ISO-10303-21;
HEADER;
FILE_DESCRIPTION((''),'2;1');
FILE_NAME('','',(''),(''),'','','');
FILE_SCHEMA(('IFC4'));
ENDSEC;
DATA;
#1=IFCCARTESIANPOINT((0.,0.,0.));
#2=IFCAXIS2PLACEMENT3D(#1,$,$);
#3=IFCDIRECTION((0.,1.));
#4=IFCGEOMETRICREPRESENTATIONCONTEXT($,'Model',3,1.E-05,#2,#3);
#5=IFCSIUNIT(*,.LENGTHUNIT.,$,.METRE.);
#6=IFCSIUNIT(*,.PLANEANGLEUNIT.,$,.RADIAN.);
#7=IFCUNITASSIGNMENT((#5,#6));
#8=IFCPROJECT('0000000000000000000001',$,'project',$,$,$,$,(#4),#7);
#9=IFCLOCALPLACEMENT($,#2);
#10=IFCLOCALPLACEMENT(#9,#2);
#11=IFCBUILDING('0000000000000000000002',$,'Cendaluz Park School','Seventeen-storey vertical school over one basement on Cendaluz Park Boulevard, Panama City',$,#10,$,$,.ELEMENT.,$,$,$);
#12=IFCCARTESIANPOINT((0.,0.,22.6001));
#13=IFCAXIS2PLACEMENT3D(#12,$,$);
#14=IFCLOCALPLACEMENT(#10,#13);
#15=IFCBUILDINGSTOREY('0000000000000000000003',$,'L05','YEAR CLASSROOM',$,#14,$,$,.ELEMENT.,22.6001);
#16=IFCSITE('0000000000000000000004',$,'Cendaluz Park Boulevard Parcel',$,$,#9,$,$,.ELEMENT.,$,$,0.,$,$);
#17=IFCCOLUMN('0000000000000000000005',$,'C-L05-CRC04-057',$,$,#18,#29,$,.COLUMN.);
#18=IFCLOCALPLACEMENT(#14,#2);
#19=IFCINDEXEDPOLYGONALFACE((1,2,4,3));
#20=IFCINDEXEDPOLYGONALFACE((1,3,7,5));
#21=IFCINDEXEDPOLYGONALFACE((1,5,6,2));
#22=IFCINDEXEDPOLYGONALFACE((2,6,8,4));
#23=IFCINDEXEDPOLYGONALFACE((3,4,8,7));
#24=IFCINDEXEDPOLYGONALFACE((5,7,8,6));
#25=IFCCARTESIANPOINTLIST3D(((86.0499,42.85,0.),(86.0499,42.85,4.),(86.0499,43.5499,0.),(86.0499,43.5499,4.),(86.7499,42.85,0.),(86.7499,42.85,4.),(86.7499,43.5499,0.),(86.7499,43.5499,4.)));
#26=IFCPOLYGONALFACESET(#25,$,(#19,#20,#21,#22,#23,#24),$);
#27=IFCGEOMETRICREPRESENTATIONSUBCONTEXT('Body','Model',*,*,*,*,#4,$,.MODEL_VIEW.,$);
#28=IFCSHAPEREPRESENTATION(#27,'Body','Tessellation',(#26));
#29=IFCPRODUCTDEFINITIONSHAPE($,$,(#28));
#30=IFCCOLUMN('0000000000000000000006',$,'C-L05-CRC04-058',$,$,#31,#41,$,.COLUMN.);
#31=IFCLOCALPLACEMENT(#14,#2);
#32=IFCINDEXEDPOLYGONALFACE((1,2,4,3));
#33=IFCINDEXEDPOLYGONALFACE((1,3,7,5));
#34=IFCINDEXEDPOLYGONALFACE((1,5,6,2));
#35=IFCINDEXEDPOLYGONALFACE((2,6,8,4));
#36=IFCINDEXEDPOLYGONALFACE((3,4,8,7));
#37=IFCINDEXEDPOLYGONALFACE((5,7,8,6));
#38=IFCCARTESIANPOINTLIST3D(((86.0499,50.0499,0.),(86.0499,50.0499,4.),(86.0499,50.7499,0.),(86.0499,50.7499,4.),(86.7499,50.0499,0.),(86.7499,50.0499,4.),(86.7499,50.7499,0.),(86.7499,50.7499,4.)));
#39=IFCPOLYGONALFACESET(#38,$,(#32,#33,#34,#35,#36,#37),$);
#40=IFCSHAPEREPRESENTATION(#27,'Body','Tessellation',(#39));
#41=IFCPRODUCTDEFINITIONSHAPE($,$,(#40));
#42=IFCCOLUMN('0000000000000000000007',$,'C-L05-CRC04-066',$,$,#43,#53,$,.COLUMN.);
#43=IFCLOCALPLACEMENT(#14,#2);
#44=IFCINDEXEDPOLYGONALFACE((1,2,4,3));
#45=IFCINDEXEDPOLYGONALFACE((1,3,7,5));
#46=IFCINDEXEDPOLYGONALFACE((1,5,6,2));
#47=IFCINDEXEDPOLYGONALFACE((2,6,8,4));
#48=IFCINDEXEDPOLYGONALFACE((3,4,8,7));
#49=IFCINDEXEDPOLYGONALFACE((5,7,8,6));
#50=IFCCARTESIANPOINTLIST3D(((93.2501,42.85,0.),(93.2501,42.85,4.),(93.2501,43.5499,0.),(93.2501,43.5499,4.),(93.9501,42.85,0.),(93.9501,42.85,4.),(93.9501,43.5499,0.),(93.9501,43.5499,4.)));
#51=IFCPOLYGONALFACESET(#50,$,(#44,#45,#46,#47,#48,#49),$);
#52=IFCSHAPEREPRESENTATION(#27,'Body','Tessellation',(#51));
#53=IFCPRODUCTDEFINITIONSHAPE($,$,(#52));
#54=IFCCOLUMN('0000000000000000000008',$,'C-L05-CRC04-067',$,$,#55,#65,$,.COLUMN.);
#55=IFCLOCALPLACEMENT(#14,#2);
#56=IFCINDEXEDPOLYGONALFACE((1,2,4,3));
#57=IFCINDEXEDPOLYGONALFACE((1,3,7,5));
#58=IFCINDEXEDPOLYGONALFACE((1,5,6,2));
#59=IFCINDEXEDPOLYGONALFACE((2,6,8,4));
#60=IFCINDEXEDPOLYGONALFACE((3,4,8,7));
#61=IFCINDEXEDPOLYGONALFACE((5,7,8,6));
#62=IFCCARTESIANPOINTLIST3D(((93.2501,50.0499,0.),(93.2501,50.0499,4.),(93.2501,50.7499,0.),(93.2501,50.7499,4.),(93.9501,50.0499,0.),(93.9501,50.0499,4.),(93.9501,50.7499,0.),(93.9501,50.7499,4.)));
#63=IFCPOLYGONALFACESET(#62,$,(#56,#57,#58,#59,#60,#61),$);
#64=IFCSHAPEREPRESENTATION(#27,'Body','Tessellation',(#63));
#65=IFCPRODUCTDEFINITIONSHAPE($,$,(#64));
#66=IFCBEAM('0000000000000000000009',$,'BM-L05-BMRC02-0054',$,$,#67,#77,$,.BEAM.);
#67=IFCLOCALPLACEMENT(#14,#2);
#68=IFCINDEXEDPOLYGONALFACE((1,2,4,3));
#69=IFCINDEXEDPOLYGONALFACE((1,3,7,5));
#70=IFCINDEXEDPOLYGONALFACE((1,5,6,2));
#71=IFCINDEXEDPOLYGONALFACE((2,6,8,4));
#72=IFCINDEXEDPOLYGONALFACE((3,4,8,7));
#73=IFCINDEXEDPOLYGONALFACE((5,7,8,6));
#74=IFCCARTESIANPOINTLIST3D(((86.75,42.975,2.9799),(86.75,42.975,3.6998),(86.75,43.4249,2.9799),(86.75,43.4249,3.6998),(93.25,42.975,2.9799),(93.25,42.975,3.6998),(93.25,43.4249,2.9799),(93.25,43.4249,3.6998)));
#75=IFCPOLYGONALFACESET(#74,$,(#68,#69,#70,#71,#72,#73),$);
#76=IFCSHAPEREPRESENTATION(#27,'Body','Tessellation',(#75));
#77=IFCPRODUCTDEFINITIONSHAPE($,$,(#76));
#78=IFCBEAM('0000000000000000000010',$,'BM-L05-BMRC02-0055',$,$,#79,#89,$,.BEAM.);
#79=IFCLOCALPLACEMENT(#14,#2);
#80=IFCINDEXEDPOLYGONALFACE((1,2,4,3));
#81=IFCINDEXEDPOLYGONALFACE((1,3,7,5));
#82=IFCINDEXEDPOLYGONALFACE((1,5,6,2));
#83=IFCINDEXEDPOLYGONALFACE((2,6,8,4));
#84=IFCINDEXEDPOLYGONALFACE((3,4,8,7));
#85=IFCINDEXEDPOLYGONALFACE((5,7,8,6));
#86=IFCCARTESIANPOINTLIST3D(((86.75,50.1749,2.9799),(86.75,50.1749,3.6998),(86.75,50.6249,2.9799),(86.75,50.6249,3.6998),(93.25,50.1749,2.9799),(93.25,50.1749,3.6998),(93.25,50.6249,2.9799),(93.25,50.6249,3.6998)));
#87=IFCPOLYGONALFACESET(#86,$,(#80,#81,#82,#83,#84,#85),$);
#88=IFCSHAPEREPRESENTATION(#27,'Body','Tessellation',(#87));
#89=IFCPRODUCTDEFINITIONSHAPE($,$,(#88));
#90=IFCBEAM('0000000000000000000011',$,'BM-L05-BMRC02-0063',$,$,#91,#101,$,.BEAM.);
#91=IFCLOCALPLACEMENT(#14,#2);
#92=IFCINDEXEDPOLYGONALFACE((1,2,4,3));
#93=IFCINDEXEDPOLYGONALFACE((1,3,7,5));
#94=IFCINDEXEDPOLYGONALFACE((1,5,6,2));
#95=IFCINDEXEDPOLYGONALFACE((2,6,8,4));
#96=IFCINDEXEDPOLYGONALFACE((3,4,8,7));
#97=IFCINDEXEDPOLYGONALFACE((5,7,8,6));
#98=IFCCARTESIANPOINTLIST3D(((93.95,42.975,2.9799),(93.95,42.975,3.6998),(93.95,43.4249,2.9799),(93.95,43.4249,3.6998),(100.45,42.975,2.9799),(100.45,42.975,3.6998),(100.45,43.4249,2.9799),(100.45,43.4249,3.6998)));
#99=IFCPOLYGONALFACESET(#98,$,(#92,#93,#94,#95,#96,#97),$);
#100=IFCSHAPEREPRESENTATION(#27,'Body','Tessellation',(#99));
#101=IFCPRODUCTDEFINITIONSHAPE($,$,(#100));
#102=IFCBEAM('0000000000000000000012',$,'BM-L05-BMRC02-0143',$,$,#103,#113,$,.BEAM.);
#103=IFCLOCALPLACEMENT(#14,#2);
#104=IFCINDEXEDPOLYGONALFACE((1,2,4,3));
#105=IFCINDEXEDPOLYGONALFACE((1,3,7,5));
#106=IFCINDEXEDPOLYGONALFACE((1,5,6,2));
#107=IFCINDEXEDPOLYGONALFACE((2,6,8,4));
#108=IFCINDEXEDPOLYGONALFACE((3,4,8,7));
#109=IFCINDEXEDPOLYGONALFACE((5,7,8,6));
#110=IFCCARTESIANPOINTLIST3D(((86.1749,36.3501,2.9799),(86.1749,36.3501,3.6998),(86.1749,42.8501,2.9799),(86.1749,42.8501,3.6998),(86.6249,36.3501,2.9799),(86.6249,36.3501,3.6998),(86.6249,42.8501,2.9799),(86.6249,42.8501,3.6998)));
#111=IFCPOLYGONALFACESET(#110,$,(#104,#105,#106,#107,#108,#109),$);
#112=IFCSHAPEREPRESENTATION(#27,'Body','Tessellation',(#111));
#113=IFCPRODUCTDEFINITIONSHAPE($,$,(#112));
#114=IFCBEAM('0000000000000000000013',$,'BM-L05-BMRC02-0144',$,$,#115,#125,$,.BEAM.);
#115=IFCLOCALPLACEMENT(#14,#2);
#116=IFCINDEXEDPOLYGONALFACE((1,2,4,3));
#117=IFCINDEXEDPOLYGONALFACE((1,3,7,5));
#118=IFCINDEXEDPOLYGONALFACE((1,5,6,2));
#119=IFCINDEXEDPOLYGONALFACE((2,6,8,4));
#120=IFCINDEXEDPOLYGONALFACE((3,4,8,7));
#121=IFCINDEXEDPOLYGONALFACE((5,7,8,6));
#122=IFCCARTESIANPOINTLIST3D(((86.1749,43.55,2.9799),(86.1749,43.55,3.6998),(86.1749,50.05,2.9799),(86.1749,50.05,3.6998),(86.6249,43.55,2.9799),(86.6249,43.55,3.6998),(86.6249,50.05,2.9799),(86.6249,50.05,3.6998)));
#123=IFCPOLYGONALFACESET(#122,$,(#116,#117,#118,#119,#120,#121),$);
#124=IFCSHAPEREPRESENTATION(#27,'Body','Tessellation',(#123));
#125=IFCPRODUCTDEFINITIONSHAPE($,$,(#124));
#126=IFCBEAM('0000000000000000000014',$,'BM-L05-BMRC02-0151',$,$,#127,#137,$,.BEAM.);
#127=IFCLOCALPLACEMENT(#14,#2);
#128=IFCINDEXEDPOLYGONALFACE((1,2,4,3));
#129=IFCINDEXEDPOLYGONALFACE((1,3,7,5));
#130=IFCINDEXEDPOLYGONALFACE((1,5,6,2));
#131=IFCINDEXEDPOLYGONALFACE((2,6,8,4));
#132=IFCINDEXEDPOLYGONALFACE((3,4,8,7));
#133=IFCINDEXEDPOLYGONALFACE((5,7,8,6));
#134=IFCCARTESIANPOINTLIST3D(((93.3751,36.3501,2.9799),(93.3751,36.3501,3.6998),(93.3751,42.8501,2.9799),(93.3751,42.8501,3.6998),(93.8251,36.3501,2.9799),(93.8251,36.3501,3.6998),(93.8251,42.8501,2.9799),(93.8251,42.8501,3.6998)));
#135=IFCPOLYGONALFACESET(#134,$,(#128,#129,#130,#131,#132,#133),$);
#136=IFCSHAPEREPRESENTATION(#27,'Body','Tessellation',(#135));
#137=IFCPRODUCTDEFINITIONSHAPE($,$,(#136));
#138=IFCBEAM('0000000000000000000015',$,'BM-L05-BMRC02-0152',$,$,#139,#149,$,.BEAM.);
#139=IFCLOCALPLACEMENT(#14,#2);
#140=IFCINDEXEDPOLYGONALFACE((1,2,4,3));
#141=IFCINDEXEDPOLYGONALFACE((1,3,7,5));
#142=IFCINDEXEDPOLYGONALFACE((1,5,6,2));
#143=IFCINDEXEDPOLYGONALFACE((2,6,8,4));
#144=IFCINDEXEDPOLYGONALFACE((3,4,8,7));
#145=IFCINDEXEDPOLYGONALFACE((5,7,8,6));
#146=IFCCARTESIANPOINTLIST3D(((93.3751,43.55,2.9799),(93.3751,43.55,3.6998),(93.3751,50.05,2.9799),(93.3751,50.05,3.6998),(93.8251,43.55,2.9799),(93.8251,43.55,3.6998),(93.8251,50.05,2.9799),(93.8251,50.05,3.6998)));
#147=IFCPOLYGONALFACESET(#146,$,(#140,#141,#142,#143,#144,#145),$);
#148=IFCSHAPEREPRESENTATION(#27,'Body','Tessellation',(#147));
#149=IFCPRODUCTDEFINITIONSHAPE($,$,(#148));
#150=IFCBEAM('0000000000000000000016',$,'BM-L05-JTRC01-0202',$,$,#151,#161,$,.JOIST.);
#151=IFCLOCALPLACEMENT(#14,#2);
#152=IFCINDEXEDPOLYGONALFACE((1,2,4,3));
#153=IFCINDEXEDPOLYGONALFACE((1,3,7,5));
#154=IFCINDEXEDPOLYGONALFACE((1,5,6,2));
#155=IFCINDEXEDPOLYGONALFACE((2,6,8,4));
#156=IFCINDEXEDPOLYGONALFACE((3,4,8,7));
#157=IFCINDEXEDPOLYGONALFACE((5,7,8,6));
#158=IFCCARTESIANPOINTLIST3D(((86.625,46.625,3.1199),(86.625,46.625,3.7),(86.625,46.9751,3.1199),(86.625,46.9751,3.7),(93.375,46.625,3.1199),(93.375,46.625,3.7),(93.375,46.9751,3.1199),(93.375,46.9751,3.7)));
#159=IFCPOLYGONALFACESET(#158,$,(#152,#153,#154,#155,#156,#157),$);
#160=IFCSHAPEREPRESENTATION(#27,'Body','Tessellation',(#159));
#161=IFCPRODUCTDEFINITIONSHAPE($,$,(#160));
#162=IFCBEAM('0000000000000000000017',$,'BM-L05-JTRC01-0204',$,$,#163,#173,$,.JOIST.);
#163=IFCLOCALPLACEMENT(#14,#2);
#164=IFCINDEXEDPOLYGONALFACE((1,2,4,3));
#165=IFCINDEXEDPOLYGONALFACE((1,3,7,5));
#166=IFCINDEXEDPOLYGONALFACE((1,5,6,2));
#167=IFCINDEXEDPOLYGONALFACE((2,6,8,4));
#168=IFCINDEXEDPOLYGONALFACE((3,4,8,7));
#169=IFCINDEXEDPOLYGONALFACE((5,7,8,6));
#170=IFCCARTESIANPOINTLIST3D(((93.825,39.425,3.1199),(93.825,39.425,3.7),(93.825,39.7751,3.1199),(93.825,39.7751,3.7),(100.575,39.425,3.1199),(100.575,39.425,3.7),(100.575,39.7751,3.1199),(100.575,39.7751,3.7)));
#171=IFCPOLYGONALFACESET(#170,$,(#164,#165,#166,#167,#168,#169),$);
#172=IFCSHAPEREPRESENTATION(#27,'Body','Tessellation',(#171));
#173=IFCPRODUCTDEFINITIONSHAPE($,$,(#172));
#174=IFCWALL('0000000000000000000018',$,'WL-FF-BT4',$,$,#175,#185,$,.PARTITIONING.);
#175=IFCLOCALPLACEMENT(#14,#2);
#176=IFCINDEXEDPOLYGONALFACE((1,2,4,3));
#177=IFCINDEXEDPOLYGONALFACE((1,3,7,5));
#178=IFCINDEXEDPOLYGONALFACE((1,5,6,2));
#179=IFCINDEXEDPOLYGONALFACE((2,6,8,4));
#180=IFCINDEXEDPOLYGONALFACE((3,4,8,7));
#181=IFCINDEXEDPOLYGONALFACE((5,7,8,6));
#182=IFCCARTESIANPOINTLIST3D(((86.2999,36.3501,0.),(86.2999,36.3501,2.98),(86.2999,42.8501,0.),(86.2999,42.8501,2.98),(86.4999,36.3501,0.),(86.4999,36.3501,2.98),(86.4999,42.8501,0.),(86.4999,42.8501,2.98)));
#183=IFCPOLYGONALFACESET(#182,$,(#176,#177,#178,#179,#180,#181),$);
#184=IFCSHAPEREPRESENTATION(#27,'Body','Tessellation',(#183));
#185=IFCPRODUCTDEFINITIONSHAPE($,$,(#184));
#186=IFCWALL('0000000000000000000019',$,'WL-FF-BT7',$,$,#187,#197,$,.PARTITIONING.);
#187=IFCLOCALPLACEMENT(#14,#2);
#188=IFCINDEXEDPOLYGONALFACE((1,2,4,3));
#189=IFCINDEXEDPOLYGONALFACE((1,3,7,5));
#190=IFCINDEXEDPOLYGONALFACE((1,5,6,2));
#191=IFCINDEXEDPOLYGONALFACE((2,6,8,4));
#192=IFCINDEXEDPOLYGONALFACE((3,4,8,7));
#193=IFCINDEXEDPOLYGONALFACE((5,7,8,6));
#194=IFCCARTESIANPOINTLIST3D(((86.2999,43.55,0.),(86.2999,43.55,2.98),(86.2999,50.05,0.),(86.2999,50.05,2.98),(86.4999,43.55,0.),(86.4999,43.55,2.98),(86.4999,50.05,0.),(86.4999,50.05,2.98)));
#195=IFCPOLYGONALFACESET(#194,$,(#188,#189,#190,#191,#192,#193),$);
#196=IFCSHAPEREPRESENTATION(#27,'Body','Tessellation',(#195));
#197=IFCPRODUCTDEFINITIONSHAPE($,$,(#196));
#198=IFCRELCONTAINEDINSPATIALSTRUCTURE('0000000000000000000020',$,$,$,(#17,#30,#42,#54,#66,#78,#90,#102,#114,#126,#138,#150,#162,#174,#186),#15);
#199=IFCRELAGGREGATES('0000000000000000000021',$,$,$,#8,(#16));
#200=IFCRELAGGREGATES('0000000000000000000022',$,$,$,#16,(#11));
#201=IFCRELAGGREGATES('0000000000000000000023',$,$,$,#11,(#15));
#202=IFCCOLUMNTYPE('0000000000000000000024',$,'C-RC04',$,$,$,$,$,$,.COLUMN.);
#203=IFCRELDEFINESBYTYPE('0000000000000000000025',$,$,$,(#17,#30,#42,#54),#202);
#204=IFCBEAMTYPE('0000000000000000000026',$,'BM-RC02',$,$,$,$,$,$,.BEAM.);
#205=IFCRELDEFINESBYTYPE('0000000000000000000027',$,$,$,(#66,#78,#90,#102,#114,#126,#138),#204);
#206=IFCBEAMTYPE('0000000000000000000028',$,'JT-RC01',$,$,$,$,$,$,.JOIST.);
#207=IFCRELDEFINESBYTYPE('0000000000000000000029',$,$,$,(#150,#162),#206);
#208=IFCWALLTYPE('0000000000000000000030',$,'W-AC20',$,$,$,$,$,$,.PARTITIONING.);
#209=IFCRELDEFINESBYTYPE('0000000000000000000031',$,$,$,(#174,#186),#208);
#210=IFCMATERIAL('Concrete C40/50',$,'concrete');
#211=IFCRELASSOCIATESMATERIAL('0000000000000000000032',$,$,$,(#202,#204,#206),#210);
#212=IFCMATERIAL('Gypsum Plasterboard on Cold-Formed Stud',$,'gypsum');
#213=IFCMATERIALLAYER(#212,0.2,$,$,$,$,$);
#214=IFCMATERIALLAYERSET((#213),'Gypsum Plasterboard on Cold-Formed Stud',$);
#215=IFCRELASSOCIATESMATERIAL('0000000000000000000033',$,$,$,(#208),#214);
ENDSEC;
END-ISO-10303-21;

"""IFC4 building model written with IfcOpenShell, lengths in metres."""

from ifc_helpers import new_model, si_unit, direction, frame, frame_2d, origin, origin_2d, place, context, subcontext, project, spatial, rectangle, extrude, material, layer, layer_set, material_profile, profile_set, type_object, element, save


model = new_model("IFC4")

# Units and contexts
model_context = context("Model", 3, precision=1e-05, world=origin(), true_north=direction((0.0, 1.0)))
body_context = subcontext(model_context, "Body", "Model", "MODEL_VIEW")
ifc_project = project(units=[si_unit("LENGTHUNIT", "METRE"), si_unit("PLANEANGLEUNIT", "RADIAN")], contexts=[model_context])

# Site, building, storey
site_placement = place(None, origin())
site = spatial("IfcSite", under=ifc_project, at=site_placement, Name="Cendaluz Park Boulevard Parcel", CompositionType="ELEMENT", RefElevation=0.0)
building_placement = place(site_placement, origin())
building = spatial("IfcBuilding", under=site, at=building_placement, Name="Cendaluz Park School", Description="Seventeen-storey vertical school over one basement on Cendaluz Park Boulevard, Panama City", CompositionType="ELEMENT")
storey_placement = place(building_placement, frame((0.0, 0.0, 22.6001)))
storey = spatial("IfcBuildingStorey", under=building, at=storey_placement, Name="L05", Description="YEAR CLASSROOM", CompositionType="ELEMENT", Elevation=22.6001)

# Columns
ifc_material_1 = material(Name="Concrete C40/50", Category="concrete")
ifc_material_profile_1 = material_profile(ifc_material_1, rectangle(XDim=0.7, YDim=0.7, at=origin_2d()), Name="RC 700x700", Category="concrete")
ifc_profile_set_1 = profile_set([ifc_material_profile_1], Name="Concrete C40/50")
column_type = type_object("IfcColumnType", Name="C-RC04", PredefinedType="COLUMN", material=ifc_profile_set_1)
for number, where, z_axis, x_axis, name in (
    (1, (86.3999, 43.2, 0.0), (0.0, 0.0, 1.0), (1.0, 0.0, 0.0), "C-L05-CRC04-057"),
    (2, (86.3999, 50.3999, 0.0), (0.0, 0.0, 1.0), (1.0, 0.0, 0.0), "C-L05-CRC04-058"),
    (3, (93.6001, 43.2, 0.0), (0.0, 0.0, 1.0), (1.0, 0.0, 0.0), "C-L05-CRC04-066"),
    (4, (93.6001, 50.3999, 0.0), (0.0, 0.0, 1.0), (1.0, 0.0, 0.0), "C-L05-CRC04-067"),
):
    element("IfcColumn", number, at=place(storey_placement, frame(where, z_axis=z_axis, x_axis=x_axis)), inside=storey, type_object=column_type, Name=name, PredefinedType="COLUMN", context=body_context, shape_type="SweptSolid", body=[
        extrude(rectangle(XDim=0.7, YDim=0.7, at=origin_2d()), origin(), (0.0, 0.0, 1.0), 4.0),
    ])

# Beams
ifc_material_profile_2 = material_profile(ifc_material_1, rectangle(XDim=0.45, YDim=0.72, at=origin_2d()), Name="RC 450x720", Category="concrete")
ifc_profile_set_2 = profile_set([ifc_material_profile_2], Name="Concrete C40/50")
beam_type_1 = type_object("IfcBeamType", Name="BM-RC02", PredefinedType="BEAM", material=ifc_profile_set_2)
for number, where, z_axis, x_axis, name in (
    (5, (86.75, 43.2, 3.3398), (1.0, 0.0, 0.0), (0.0, 1.0, 0.0), "BM-L05-BMRC02-0054"),
    (6, (86.75, 50.3999, 3.3398), (1.0, 0.0, 0.0), (0.0, 1.0, 0.0), "BM-L05-BMRC02-0055"),
    (7, (93.95, 43.2, 3.3398), (1.0, 0.0, 0.0), (0.0, 1.0, 0.0), "BM-L05-BMRC02-0063"),
    (8, (86.3999, 36.3501, 3.3398), (0.0, 1.0, 0.0), (-1.0, 0.0, 0.0), "BM-L05-BMRC02-0143"),
    (9, (86.3999, 43.55, 3.3398), (0.0, 1.0, 0.0), (-1.0, 0.0, 0.0), "BM-L05-BMRC02-0144"),
    (10, (93.6001, 36.3501, 3.3398), (0.0, 1.0, 0.0), (-1.0, 0.0, 0.0), "BM-L05-BMRC02-0151"),
    (11, (93.6001, 43.55, 3.3398), (0.0, 1.0, 0.0), (-1.0, 0.0, 0.0), "BM-L05-BMRC02-0152"),
):
    element("IfcBeam", number, at=place(storey_placement, frame(where, z_axis=z_axis, x_axis=x_axis)), inside=storey, type_object=beam_type_1, Name=name, PredefinedType="BEAM", context=body_context, shape_type="SweptSolid", body=[
        extrude(rectangle(XDim=0.45, YDim=0.72, at=origin_2d()), origin(), (0.0, 0.0, 1.0), 6.5),
    ])
ifc_material_profile_3 = material_profile(ifc_material_1, rectangle(XDim=0.3501, YDim=0.5801, at=origin_2d()), Name="RC 350x580", Category="concrete")
ifc_profile_set_3 = profile_set([ifc_material_profile_3], Name="Concrete C40/50")
beam_type_2 = type_object("IfcBeamType", Name="JT-RC01", PredefinedType="JOIST", material=ifc_profile_set_3)
for number, where, z_axis, x_axis, name in (
    (12, (86.625, 46.8, 3.4099), (1.0, 0.0, 0.0), (0.0, 1.0, 0.0), "BM-L05-JTRC01-0202"),
    (13, (93.825, 39.6001, 3.4099), (1.0, 0.0, 0.0), (0.0, 1.0, 0.0), "BM-L05-JTRC01-0204"),
):
    element("IfcBeam", number, at=place(storey_placement, frame(where, z_axis=z_axis, x_axis=x_axis)), inside=storey, type_object=beam_type_2, Name=name, PredefinedType="JOIST", context=body_context, shape_type="SweptSolid", body=[
        extrude(rectangle(XDim=0.3501, YDim=0.5801, at=origin_2d()), origin(), (0.0, 0.0, 1.0), 6.75),
    ])

# Walls
ifc_material_2 = material(Name="Gypsum Plasterboard on Cold-Formed Stud", Category="gypsum")
ifc_layer = layer(ifc_material_2, 0.2)
ifc_layer_set = layer_set([ifc_layer], Name="Gypsum Plasterboard on Cold-Formed Stud")
wall_type = type_object("IfcWallType", Name="W-AC20", PredefinedType="PARTITIONING", material=ifc_layer_set)
for number, where, z_axis, x_axis, name in (
    (14, (86.3999, 36.3501, 0.0), (0.0, 0.0, 1.0), (0.0, 1.0, 0.0), "WL-FF-BT4"),
    (15, (86.3999, 43.55, 0.0), (0.0, 0.0, 1.0), (0.0, 1.0, 0.0), "WL-FF-BT7"),
):
    element("IfcWall", number, at=place(storey_placement, frame(where, z_axis=z_axis, x_axis=x_axis)), inside=storey, type_object=wall_type, Name=name, PredefinedType="PARTITIONING", context=body_context, shape_type="SweptSolid", body=[
        extrude(rectangle(XDim=6.5, YDim=0.2, at=frame_2d((3.25, 0.0))), origin(), (0.0, 0.0, 1.0), 2.98),
    ])

save(model, "model.ifc")
